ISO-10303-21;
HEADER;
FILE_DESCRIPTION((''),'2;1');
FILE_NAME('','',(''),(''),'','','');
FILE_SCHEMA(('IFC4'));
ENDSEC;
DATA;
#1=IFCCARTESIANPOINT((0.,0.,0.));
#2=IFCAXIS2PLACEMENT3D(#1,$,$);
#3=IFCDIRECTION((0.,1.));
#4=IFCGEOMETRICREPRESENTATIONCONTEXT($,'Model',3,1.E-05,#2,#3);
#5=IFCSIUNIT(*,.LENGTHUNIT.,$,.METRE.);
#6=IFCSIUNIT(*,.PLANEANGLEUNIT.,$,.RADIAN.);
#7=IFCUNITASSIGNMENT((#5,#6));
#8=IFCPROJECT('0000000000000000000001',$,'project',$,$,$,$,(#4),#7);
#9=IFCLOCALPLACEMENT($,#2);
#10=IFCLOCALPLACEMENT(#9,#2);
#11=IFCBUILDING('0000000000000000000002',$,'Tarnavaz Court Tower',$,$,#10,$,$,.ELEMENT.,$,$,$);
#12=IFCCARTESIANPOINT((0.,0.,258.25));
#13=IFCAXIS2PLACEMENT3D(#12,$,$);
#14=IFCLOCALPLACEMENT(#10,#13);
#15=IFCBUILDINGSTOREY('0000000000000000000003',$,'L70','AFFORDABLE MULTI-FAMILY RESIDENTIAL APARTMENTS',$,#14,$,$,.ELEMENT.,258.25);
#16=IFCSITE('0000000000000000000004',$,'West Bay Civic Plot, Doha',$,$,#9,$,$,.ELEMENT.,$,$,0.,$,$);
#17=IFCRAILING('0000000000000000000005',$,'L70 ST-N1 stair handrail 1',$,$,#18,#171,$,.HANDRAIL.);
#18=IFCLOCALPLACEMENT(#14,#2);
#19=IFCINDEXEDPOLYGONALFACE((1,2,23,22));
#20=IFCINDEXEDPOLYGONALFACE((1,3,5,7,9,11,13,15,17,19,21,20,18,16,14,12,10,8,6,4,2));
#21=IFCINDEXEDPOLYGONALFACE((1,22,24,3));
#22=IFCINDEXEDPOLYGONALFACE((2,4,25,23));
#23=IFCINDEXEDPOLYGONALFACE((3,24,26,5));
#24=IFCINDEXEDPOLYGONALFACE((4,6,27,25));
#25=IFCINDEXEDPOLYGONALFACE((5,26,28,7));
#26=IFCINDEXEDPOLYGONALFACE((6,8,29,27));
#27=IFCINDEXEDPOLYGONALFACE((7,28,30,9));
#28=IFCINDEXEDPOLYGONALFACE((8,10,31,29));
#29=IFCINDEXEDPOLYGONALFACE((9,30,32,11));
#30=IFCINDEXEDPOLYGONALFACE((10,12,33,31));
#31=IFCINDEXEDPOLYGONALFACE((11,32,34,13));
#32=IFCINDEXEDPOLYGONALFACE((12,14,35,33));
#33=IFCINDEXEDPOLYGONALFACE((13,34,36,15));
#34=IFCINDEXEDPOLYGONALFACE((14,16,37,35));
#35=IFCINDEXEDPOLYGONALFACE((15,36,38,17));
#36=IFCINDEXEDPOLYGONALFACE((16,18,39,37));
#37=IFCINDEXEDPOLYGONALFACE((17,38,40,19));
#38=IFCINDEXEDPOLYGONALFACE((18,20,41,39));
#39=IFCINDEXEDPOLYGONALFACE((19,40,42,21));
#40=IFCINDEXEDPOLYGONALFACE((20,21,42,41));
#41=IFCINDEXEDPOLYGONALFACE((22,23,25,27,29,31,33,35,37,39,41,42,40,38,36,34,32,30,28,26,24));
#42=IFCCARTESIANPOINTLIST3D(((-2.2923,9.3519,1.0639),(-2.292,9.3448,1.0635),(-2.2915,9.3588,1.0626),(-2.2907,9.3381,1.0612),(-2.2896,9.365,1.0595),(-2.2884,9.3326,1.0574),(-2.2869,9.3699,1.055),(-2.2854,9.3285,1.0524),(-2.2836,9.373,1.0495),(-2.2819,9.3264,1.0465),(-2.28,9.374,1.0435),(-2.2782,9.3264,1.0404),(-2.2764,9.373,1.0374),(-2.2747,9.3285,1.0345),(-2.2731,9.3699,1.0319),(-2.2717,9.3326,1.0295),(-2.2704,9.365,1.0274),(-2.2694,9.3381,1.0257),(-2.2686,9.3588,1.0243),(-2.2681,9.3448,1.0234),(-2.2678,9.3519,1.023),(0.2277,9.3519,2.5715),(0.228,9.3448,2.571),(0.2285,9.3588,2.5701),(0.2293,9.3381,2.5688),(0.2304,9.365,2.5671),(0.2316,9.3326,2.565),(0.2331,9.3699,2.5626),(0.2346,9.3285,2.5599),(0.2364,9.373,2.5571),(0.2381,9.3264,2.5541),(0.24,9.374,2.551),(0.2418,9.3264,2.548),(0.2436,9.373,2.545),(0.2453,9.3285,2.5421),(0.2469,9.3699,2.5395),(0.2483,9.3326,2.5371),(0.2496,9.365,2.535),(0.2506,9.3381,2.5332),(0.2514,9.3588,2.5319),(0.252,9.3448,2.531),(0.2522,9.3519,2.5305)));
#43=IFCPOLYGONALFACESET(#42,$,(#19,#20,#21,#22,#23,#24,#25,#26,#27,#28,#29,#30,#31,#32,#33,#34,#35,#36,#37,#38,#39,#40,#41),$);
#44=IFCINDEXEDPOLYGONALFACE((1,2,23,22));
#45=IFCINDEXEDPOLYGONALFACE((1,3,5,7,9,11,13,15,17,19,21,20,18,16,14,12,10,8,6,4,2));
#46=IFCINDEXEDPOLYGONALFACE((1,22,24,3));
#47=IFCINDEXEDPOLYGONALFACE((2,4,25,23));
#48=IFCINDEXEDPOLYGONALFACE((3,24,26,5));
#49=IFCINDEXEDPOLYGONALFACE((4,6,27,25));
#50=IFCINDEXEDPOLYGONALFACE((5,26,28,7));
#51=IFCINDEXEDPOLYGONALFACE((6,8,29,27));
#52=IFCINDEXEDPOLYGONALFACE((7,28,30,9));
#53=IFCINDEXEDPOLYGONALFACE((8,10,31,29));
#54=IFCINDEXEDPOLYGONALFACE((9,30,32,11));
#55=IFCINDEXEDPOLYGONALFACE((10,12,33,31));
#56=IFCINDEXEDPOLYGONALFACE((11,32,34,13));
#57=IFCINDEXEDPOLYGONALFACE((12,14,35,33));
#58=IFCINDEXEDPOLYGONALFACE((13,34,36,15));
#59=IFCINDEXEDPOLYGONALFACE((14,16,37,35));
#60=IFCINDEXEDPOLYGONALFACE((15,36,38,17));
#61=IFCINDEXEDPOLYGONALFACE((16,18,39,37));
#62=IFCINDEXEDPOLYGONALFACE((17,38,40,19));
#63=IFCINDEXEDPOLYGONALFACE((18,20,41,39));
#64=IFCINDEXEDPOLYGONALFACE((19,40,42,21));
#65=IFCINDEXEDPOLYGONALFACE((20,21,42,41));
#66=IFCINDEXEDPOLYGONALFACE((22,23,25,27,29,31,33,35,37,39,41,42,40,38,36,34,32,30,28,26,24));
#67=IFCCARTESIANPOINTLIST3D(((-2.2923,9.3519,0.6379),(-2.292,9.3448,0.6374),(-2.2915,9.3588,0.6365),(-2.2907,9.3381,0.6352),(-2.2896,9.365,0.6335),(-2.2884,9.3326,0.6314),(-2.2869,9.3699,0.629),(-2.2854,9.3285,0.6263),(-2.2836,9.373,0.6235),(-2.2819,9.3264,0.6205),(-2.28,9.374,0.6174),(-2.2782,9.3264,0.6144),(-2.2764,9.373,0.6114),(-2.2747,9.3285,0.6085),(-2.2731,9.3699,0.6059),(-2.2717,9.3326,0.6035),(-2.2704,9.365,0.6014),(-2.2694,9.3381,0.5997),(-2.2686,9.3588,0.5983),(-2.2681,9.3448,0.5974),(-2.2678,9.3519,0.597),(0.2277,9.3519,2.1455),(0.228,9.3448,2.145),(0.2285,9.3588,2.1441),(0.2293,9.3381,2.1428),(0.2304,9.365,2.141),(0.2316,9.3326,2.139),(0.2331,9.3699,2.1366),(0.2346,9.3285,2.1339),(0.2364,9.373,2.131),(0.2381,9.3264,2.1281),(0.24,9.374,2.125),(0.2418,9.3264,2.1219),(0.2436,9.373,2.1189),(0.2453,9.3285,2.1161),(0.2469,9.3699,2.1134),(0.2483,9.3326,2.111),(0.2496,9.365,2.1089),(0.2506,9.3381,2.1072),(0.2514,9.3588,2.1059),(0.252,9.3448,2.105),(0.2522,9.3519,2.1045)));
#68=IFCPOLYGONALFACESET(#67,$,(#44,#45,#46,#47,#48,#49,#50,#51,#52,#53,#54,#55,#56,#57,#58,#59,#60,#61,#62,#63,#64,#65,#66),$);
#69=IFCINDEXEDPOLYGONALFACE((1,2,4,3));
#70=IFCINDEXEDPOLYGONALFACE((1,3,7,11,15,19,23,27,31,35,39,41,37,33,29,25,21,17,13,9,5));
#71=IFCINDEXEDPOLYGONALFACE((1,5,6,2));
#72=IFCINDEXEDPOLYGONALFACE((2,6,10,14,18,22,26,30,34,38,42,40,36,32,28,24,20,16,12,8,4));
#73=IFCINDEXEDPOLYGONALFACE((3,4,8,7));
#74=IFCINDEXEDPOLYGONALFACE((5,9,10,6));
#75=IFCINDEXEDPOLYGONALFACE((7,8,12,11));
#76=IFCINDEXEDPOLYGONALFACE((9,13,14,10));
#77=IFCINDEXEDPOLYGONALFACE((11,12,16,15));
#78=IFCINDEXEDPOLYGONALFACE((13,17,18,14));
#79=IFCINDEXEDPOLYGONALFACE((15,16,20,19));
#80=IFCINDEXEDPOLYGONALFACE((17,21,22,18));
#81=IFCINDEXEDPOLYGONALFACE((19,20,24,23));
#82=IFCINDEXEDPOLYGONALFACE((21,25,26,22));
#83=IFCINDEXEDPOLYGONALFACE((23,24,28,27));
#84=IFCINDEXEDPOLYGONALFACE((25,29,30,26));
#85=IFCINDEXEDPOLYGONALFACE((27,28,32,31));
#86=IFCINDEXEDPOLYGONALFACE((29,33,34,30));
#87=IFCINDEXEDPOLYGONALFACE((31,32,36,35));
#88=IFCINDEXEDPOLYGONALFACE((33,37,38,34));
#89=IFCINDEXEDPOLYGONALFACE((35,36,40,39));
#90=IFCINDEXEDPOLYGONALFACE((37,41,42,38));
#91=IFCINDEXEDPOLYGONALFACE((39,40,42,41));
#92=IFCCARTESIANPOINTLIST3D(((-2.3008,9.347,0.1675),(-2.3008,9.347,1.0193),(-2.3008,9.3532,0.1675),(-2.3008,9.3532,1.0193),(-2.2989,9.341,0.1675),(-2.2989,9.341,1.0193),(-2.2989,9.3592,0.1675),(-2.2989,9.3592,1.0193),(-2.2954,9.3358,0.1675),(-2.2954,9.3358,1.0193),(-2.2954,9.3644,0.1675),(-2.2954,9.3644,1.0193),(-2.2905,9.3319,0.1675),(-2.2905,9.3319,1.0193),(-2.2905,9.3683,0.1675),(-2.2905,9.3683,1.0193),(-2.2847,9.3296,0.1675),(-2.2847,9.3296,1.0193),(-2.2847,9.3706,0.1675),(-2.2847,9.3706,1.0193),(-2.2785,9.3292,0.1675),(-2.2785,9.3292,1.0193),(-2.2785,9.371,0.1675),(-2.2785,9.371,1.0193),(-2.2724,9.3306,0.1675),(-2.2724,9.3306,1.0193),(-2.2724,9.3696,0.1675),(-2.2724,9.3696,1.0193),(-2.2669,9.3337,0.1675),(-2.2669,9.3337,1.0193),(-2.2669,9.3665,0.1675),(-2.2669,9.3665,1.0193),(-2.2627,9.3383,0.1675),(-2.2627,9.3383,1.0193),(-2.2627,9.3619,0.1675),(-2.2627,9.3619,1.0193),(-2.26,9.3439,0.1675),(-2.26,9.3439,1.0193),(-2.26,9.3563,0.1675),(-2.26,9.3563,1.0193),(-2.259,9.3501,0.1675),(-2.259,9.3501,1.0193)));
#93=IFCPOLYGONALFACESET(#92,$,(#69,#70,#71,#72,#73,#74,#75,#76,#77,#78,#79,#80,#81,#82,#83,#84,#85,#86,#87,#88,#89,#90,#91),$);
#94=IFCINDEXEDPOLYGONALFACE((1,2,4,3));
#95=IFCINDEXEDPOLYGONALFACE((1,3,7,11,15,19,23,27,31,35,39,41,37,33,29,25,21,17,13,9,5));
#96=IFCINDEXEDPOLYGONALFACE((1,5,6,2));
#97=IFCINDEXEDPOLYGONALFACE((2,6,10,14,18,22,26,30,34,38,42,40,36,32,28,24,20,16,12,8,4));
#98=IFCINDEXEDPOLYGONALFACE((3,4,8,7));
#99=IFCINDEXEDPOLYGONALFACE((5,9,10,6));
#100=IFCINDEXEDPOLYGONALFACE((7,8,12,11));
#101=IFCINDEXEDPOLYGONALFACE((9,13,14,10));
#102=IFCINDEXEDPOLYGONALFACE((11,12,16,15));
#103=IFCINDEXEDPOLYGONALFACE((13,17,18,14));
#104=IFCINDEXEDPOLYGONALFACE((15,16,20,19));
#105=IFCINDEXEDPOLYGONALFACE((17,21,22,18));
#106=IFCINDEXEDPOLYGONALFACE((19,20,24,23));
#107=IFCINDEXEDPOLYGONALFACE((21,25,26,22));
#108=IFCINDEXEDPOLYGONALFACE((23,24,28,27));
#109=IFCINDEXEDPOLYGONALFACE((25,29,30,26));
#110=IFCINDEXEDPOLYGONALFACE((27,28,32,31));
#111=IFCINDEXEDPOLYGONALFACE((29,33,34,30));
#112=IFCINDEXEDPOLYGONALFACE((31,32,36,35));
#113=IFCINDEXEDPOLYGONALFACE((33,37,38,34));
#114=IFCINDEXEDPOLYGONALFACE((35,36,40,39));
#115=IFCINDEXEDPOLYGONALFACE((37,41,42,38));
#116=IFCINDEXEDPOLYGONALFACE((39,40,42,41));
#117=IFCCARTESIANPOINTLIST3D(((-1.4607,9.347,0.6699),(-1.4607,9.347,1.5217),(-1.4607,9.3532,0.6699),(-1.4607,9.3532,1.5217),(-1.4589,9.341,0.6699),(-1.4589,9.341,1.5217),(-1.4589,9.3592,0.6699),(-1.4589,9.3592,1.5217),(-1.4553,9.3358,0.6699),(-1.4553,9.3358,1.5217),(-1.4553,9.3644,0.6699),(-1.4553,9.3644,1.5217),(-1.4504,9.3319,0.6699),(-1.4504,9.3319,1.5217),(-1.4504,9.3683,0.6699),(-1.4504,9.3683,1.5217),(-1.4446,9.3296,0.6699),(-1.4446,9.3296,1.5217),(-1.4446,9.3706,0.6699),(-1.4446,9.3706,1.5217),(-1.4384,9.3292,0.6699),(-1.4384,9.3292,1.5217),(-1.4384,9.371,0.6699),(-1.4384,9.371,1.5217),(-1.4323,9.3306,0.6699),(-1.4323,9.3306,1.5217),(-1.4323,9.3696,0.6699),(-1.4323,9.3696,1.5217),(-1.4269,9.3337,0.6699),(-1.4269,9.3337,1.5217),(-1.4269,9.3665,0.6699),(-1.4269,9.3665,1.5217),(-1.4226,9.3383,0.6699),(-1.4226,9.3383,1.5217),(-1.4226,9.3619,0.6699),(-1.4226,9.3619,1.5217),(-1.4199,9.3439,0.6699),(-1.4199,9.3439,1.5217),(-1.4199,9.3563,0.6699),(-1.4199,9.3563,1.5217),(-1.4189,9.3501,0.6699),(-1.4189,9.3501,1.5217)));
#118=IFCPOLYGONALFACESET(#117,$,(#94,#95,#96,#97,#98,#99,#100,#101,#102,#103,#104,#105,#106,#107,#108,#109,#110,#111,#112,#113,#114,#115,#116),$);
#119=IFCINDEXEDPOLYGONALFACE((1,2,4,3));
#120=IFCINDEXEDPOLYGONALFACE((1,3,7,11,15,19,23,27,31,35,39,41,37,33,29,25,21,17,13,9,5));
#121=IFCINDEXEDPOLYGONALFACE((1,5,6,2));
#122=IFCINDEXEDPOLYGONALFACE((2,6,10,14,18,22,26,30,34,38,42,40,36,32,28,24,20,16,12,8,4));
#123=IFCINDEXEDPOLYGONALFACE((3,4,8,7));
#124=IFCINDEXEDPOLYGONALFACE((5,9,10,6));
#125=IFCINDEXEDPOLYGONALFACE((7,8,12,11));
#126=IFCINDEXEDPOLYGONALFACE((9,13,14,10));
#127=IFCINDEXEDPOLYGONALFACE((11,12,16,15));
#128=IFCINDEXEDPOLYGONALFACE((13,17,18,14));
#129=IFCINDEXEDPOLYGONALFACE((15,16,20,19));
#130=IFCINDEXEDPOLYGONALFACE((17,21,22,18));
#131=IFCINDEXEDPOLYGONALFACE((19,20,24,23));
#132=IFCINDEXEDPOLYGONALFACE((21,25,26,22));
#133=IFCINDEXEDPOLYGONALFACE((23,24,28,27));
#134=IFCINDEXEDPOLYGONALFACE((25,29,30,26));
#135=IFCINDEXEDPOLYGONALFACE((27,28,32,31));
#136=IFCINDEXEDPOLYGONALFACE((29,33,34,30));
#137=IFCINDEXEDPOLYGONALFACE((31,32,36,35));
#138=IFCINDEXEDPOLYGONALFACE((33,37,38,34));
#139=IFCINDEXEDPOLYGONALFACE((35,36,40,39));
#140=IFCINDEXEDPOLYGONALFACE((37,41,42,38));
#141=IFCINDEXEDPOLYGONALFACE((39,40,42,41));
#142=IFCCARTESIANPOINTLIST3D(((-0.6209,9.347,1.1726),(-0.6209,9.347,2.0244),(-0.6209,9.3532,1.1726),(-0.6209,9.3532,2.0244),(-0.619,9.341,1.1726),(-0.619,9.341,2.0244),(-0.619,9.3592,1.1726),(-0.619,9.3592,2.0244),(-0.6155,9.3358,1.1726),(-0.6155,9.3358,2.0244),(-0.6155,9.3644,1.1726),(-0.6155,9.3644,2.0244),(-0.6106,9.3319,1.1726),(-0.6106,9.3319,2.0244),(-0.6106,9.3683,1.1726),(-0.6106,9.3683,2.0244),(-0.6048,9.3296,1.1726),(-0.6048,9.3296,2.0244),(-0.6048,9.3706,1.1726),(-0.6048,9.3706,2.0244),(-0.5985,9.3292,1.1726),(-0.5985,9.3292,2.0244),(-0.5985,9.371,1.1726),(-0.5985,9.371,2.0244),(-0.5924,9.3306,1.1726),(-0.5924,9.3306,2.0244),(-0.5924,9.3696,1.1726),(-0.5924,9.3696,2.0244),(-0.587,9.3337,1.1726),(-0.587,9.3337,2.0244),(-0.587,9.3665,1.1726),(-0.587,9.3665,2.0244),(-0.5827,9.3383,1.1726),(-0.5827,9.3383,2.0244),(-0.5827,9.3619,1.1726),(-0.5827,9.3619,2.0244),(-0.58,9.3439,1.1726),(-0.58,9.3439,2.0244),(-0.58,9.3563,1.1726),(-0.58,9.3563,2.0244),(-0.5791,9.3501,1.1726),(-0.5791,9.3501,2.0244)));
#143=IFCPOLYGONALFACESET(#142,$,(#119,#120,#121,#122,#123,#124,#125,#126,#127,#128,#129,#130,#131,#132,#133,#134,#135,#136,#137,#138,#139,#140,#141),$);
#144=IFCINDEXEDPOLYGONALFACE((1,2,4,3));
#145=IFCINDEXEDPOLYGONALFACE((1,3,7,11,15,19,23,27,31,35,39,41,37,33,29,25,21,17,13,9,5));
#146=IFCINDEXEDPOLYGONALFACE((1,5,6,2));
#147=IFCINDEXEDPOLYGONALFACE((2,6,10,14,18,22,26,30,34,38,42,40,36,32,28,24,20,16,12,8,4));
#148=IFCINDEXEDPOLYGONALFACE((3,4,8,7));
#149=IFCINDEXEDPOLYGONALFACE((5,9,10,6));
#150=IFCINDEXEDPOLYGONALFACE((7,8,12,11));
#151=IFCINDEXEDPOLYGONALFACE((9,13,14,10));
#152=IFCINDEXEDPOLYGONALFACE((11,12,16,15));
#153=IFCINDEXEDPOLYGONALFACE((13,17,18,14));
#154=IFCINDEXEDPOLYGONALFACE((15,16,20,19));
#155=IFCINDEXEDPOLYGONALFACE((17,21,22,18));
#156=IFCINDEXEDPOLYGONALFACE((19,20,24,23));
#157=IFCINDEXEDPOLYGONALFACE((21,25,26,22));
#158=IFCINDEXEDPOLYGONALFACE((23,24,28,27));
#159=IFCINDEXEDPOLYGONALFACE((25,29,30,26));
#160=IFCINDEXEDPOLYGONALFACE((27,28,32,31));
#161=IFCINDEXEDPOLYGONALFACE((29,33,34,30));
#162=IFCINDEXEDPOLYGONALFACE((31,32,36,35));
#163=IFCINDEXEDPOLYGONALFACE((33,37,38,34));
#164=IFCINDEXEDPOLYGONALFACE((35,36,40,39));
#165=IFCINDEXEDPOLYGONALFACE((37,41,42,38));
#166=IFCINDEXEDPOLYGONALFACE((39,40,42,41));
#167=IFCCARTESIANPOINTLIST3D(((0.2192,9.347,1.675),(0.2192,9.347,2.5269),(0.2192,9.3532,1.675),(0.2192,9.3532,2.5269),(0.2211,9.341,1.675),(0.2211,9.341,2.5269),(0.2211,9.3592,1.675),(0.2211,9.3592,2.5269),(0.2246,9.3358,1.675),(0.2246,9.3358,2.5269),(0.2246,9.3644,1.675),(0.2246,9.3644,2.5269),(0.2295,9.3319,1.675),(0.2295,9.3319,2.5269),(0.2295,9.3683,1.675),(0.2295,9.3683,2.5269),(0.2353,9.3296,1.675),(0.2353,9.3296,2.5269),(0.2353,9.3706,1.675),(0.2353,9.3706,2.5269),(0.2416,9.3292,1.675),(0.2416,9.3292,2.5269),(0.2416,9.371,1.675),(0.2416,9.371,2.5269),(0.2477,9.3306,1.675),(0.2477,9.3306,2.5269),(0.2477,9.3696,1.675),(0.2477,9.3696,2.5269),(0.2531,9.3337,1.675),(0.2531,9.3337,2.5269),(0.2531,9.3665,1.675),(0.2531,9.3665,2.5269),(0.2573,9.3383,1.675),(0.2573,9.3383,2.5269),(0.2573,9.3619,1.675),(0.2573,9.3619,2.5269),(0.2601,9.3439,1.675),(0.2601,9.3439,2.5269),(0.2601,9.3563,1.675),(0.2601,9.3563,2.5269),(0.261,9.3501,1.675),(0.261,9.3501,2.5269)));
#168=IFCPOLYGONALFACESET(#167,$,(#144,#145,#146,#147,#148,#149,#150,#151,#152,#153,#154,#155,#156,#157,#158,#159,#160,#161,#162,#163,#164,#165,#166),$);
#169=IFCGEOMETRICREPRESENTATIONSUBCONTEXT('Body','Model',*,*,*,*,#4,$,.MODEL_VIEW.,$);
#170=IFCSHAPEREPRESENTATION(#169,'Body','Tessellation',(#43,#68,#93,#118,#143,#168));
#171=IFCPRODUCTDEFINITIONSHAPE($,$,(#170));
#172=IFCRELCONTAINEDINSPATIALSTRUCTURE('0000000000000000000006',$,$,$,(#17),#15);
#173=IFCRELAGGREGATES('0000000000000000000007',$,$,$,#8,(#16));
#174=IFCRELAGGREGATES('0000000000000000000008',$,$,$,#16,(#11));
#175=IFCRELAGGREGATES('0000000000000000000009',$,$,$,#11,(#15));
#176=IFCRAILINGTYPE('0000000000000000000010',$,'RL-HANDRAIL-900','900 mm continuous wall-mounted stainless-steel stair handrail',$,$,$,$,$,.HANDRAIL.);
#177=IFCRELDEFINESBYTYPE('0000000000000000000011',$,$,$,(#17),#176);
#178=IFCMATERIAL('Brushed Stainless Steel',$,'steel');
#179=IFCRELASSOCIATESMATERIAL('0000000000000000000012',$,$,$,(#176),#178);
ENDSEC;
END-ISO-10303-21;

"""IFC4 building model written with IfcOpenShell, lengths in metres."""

from ifc_helpers import new_model, si_unit, direction, frame, origin, origin_2d, place, context, subcontext, project, spatial, circle, extrude, material, type_object, element, save


model = new_model("IFC4")

# Units and contexts
model_context = context("Model", 3, precision=1e-05, world=origin(), true_north=direction((0.0, 1.0)))
body_context = subcontext(model_context, "Body", "Model", "MODEL_VIEW")
ifc_project = project(units=[si_unit("LENGTHUNIT", "METRE"), si_unit("PLANEANGLEUNIT", "RADIAN")], contexts=[model_context])

# Site, building, storey
site_placement = place(None, origin())
site = spatial("IfcSite", under=ifc_project, at=site_placement, Name="West Bay Civic Plot, Doha", CompositionType="ELEMENT", RefElevation=0.0)
building_placement = place(site_placement, origin())
building = spatial("IfcBuilding", under=site, at=building_placement, Name="Tarnavaz Court Tower", CompositionType="ELEMENT")
storey_placement = place(building_placement, frame((0.0, 0.0, 258.25)))
storey = spatial("IfcBuildingStorey", under=building, at=storey_placement, Name="L70", Description="AFFORDABLE MULTI-FAMILY RESIDENTIAL APARTMENTS", CompositionType="ELEMENT", Elevation=258.25)

# Railing
ifc_material_1 = material(Name="Brushed Stainless Steel", Category="steel")
railing_type_1 = type_object("IfcRailingType", Name="RL-HANDRAIL-900", Description="900 mm continuous wall-mounted stainless-steel stair handrail", PredefinedType="HANDRAIL", material=ifc_material_1)
railing_1_placement = place(storey_placement, frame((-2.28, 9.3501, 0.1675)))
element("IfcRailing", 1, at=railing_1_placement, inside=storey, type_object=railing_type_1, Name="L70 ST-N1 stair handrail 1", PredefinedType="HANDRAIL", context=body_context, shape_type="SweptSolid", body=[
    extrude(circle(Radius=0.0239, at=origin_2d()), frame((0.0, 0.0, 0.876), z_axis=(0.85816, 0.0, 0.513383), x_axis=(0.0, 1.0, 0.0)), (0.0, 0.0, 1.0), 2.9365),
    extrude(circle(Radius=0.0239, at=origin_2d()), frame((0.0, 0.0, 0.45), z_axis=(0.85816, 0.0, 0.513383), x_axis=(0.0, 1.0, 0.0)), (0.0, 0.0, 1.0), 2.9365),
    extrude(circle(Radius=0.021, at=origin_2d()), origin(), (0.0, 0.0, 1.0), 0.8518),
    extrude(circle(Radius=0.021, at=origin_2d()), frame((0.8401, 0.0, 0.5024)), (0.0, 0.0, 1.0), 0.8518),
    extrude(circle(Radius=0.021, at=origin_2d()), frame((1.6799, 0.0, 1.0051)), (0.0, 0.0, 1.0), 0.8518),
    extrude(circle(Radius=0.021, at=origin_2d()), frame((2.52, 0.0, 1.5076)), (0.0, 0.0, 1.0), 0.8518),
])

save(model, "model.ifc")
